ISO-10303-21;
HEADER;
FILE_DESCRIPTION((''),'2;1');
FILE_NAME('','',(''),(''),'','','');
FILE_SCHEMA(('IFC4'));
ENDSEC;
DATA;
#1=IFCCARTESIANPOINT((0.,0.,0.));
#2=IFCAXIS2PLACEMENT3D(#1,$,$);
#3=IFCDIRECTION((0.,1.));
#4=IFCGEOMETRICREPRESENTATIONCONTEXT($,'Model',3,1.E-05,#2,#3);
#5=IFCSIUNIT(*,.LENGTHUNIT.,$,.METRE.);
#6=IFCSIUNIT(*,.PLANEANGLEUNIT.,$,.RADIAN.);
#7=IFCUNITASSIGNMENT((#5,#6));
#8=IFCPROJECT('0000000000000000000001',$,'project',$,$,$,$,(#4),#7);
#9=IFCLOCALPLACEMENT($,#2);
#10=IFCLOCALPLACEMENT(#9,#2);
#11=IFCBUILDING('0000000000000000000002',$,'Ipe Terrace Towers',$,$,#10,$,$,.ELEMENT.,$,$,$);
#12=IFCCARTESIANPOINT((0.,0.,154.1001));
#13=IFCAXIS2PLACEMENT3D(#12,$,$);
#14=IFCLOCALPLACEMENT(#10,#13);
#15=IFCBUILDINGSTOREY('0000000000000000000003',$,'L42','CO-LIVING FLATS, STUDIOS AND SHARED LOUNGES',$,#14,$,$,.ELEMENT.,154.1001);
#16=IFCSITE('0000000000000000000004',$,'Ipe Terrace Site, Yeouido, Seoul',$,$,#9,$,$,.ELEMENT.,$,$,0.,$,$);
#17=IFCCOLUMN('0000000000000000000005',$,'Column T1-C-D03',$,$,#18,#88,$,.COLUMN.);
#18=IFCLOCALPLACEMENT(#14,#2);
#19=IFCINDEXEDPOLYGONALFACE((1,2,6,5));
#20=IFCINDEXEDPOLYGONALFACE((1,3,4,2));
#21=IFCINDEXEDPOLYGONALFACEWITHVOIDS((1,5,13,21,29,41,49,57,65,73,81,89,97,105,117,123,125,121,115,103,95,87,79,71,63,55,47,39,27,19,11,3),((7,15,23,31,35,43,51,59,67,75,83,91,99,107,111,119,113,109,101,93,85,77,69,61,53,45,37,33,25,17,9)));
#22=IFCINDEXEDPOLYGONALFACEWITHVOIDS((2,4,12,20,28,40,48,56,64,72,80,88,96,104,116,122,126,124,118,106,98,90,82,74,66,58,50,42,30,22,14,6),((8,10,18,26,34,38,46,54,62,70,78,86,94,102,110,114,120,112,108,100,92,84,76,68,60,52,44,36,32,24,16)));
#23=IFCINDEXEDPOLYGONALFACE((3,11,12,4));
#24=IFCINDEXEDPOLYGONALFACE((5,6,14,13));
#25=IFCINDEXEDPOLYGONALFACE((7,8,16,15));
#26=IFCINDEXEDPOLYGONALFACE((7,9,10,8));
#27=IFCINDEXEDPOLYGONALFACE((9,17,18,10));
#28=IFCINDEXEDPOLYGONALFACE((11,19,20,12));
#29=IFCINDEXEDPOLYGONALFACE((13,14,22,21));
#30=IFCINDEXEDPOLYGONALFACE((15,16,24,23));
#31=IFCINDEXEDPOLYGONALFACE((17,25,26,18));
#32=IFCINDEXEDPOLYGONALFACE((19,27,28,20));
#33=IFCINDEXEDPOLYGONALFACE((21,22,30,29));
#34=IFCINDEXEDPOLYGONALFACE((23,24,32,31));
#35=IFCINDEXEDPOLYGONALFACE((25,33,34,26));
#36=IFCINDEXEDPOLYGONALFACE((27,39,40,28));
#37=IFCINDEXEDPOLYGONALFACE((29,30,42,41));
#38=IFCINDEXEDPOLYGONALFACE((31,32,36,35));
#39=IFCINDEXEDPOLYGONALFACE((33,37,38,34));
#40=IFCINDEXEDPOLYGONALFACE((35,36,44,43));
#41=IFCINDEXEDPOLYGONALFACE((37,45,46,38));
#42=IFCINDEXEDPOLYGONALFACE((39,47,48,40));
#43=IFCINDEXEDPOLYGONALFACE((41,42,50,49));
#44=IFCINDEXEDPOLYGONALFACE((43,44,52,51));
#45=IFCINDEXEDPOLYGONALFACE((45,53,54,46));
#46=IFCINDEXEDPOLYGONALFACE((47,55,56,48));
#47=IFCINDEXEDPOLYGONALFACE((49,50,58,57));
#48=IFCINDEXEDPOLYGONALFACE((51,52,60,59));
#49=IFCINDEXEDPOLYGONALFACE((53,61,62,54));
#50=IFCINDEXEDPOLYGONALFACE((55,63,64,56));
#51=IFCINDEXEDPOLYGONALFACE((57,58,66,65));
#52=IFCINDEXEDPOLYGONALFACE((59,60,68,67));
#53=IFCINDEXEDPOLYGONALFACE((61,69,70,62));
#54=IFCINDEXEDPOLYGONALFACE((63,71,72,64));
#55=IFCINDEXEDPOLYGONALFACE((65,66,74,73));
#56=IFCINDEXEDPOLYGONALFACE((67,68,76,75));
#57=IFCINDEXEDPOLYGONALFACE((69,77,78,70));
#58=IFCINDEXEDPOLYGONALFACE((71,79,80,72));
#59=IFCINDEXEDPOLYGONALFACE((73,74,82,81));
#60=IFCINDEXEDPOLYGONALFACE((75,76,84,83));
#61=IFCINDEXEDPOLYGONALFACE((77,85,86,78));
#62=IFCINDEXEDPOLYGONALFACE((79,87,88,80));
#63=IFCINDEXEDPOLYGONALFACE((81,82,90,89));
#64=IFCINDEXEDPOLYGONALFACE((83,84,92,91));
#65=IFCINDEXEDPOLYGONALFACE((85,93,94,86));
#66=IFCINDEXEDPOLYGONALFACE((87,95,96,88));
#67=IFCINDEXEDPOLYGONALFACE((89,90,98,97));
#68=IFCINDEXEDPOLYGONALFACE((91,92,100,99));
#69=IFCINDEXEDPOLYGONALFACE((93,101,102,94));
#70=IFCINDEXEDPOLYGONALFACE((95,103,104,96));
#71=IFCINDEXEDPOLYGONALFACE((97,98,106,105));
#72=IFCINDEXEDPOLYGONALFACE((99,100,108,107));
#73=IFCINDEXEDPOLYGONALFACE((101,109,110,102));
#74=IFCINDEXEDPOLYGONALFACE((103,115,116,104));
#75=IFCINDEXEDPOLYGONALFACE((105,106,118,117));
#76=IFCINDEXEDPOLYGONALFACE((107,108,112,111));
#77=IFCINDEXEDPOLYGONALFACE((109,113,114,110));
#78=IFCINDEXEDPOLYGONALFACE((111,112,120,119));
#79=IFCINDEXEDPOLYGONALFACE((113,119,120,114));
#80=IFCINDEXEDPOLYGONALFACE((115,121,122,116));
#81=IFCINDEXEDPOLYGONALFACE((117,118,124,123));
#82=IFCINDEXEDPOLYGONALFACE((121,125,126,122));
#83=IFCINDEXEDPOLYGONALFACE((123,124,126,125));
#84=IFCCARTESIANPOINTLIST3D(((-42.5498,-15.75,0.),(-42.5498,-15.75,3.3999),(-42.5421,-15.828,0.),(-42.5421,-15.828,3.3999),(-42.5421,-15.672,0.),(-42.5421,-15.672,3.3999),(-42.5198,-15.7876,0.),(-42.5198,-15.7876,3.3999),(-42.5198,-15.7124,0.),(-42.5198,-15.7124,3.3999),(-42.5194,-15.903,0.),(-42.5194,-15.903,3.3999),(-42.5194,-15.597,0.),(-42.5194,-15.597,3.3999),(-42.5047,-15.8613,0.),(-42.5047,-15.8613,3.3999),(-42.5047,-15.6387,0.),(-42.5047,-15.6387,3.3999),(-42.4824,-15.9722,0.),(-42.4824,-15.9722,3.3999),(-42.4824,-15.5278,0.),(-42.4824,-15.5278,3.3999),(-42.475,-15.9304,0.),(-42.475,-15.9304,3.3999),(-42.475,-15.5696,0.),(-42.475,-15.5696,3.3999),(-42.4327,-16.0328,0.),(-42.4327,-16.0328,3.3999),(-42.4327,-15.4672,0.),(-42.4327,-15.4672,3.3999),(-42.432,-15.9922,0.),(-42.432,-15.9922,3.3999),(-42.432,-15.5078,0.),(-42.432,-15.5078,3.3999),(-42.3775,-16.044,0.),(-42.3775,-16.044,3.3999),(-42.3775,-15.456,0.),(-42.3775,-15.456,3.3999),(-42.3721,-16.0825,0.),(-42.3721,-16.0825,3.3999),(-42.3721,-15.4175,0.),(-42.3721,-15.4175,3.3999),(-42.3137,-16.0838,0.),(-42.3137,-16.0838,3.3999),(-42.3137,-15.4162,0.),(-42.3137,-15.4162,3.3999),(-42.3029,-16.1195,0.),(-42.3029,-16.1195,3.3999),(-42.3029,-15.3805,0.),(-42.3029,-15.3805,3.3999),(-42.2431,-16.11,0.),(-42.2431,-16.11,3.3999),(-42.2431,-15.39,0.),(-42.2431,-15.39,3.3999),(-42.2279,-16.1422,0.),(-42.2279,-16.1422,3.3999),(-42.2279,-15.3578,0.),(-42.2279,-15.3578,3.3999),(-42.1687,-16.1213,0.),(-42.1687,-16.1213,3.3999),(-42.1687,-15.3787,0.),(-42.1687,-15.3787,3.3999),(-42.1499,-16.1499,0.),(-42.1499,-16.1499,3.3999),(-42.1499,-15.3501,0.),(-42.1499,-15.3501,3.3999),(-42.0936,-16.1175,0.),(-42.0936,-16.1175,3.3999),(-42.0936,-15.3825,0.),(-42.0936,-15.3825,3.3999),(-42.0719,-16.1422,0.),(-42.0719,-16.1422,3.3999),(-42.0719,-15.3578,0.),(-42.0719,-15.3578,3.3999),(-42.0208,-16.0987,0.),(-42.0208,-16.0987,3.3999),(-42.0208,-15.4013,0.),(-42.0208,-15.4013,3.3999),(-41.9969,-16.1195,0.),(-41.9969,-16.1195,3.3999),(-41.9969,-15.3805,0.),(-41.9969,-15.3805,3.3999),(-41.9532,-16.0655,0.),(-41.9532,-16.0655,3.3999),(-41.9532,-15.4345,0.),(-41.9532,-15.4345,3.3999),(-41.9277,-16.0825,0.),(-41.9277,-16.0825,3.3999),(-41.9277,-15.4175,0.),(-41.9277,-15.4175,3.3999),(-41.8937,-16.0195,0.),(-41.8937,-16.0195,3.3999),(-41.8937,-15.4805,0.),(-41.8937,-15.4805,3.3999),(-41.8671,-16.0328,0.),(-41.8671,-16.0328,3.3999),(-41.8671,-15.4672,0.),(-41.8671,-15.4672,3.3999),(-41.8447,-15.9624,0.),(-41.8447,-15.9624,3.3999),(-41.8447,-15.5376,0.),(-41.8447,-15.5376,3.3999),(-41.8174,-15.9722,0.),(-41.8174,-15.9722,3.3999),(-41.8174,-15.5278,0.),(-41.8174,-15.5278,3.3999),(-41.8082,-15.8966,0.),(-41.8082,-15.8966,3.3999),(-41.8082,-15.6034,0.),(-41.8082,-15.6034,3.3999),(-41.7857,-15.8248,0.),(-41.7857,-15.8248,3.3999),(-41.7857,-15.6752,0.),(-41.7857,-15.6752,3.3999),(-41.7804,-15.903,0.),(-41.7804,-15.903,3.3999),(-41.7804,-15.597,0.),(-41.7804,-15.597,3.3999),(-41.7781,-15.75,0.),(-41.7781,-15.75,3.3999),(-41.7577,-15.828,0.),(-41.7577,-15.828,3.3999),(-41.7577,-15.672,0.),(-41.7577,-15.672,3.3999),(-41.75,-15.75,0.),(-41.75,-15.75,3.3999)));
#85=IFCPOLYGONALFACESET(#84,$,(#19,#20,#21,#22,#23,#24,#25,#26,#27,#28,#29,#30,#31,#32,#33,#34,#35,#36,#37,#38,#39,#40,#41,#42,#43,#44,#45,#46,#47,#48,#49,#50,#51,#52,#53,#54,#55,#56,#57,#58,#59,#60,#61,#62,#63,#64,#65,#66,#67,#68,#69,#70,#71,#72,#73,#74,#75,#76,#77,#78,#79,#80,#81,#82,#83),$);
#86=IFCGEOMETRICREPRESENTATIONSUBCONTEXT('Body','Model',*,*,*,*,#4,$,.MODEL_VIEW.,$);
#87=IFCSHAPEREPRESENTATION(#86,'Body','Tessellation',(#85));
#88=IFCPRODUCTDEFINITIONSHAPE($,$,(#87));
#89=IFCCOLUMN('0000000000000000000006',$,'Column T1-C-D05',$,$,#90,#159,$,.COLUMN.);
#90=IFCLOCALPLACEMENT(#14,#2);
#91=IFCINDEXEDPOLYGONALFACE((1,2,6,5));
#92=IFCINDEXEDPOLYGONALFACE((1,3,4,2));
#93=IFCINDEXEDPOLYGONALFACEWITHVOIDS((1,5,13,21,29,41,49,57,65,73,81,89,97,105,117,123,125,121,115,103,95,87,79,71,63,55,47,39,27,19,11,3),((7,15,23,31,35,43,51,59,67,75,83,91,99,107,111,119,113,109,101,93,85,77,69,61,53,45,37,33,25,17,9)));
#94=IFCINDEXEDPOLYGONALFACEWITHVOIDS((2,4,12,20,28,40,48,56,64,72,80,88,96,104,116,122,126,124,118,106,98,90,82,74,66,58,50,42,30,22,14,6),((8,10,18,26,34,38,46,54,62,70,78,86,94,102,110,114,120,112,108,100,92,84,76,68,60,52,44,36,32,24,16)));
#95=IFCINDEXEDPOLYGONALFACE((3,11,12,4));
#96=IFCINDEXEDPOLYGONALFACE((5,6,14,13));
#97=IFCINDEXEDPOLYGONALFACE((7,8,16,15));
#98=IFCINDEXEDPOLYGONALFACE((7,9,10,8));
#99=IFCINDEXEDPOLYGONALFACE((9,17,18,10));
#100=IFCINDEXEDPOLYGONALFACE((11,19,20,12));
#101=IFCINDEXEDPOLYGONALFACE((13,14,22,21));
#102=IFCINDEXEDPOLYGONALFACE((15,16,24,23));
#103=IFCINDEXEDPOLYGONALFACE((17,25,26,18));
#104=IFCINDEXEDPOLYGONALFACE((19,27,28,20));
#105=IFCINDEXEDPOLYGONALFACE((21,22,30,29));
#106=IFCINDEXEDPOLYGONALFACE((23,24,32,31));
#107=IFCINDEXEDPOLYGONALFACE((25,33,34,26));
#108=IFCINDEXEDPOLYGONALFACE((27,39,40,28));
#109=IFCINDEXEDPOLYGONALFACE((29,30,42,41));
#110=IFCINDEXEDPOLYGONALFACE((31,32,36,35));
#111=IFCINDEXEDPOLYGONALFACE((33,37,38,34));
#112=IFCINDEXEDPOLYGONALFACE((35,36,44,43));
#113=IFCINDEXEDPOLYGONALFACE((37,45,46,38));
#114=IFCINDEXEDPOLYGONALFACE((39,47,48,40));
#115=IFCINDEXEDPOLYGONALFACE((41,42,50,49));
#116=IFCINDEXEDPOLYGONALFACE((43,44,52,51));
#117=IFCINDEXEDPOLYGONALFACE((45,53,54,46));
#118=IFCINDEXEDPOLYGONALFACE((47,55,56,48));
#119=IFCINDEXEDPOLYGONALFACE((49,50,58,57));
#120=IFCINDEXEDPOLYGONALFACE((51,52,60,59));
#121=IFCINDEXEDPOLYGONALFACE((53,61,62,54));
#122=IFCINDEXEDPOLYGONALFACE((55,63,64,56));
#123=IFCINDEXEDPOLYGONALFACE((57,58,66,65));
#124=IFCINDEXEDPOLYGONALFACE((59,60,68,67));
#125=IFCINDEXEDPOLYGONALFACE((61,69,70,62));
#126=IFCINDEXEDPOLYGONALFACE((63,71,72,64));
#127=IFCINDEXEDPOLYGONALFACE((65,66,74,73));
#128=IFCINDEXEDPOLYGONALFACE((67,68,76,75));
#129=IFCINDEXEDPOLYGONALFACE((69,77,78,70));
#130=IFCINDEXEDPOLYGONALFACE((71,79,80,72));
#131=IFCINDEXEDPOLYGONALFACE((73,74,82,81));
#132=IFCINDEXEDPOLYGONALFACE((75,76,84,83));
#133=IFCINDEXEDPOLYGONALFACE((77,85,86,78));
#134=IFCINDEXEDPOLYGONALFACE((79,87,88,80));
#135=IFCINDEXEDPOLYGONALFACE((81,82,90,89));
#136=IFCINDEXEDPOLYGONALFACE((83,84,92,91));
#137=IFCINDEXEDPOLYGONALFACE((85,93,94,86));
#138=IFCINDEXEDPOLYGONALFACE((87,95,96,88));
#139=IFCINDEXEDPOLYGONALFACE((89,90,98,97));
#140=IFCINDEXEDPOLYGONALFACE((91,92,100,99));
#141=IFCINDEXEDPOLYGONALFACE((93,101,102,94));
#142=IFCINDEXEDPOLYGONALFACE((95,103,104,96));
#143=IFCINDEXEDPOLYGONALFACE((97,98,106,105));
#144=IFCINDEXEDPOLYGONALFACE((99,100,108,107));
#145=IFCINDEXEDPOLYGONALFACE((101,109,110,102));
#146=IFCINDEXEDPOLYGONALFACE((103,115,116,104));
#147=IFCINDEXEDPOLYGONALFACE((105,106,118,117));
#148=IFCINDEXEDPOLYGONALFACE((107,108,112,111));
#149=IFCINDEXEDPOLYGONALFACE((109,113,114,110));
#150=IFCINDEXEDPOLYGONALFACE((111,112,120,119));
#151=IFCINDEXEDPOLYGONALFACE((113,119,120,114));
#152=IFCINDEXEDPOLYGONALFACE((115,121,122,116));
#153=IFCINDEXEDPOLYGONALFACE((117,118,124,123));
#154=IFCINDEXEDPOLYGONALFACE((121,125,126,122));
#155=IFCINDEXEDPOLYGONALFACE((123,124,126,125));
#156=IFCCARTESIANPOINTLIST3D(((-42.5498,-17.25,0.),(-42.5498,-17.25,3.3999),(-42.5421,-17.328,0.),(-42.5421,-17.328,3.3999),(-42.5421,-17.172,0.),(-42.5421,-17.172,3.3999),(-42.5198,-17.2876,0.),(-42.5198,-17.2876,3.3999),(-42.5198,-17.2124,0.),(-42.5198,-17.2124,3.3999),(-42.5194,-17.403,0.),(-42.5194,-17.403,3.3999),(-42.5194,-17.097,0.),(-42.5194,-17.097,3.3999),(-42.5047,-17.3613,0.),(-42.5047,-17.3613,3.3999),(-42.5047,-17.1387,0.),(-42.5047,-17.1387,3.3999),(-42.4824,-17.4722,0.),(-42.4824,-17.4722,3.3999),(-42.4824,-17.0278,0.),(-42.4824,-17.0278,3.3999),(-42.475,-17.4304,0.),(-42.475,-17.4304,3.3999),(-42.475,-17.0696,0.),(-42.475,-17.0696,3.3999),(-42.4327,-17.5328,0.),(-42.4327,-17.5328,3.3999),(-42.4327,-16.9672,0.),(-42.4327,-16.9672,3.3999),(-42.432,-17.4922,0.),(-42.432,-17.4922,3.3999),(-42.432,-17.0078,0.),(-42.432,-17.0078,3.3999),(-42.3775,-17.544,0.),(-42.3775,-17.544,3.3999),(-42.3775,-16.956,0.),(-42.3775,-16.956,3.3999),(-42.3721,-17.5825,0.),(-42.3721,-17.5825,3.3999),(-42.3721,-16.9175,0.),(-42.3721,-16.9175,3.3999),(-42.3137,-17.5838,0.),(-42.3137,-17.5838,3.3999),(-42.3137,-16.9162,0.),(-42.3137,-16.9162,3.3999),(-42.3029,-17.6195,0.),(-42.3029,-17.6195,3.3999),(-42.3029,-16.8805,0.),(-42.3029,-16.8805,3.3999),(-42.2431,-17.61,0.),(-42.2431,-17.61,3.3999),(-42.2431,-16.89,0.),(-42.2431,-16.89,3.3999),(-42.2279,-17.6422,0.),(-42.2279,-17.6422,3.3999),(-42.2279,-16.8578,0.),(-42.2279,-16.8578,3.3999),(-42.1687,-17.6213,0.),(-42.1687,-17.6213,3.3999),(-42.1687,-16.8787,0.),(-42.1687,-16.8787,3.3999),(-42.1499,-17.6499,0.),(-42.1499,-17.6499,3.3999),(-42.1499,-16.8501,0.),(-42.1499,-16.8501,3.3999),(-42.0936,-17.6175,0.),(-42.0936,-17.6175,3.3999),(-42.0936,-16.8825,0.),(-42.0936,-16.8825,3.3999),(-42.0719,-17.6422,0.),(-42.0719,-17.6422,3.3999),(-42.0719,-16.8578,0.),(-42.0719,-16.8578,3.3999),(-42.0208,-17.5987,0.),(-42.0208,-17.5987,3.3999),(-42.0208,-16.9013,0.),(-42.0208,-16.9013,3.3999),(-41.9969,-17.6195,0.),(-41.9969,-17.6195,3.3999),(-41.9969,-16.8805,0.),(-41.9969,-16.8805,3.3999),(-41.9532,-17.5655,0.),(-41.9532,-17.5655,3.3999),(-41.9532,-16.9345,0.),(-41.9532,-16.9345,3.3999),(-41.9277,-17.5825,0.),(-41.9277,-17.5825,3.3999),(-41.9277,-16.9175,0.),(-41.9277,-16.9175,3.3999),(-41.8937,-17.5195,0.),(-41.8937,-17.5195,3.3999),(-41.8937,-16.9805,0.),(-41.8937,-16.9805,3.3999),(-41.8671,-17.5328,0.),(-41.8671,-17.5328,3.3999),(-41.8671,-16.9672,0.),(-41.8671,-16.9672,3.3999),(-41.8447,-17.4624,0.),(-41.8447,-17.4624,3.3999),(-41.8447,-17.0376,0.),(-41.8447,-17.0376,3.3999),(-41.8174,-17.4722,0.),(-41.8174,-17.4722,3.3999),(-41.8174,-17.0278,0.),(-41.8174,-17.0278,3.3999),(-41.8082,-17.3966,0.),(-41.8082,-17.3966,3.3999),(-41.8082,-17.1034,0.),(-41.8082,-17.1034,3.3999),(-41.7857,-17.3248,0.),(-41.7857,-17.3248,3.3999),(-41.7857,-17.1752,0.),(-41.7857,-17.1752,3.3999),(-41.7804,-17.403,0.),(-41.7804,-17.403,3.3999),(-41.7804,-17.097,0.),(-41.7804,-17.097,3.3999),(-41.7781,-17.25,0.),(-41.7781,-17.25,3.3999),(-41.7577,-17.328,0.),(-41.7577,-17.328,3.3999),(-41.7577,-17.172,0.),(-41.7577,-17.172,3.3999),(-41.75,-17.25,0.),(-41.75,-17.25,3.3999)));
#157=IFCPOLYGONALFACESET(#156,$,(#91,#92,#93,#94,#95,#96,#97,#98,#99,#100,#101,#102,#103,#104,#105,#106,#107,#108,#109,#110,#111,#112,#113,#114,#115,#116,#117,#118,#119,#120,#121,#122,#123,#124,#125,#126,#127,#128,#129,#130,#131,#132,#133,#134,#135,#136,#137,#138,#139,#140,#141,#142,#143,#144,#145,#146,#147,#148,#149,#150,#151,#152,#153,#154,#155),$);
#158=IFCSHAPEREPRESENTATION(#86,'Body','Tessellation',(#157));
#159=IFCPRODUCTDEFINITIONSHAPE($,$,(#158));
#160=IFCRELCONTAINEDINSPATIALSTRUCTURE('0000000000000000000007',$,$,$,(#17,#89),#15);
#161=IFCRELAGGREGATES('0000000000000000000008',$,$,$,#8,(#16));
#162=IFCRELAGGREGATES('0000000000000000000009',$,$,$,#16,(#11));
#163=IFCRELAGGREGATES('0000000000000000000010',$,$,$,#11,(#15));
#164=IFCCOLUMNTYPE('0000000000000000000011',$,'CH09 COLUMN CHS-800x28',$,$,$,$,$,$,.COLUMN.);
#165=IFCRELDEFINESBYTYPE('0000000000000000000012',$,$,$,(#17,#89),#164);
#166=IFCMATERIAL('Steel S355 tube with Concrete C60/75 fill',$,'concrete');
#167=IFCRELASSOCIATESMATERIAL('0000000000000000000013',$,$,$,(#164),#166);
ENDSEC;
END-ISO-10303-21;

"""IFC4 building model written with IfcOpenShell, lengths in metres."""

from ifc_helpers import new_model, si_unit, direction, frame, origin, origin_2d, place, context, subcontext, project, spatial, hollow_circle, extrude, material, material_profile, profile_set, type_object, element, save


model = new_model("IFC4")

# Units and contexts
model_context = context("Model", 3, precision=1e-05, world=origin(), true_north=direction((0.0, 1.0)))
body_context = subcontext(model_context, "Body", "Model", "MODEL_VIEW")
ifc_project = project(units=[si_unit("LENGTHUNIT", "METRE"), si_unit("PLANEANGLEUNIT", "RADIAN")], contexts=[model_context])

# Site, building, storey
site_placement = place(None, origin())
site = spatial("IfcSite", under=ifc_project, at=site_placement, Name="Ipe Terrace Site, Yeouido, Seoul", CompositionType="ELEMENT", RefElevation=0.0)
building_placement = place(site_placement, origin())
building = spatial("IfcBuilding", under=site, at=building_placement, Name="Ipe Terrace Towers", CompositionType="ELEMENT")
storey_placement = place(building_placement, frame((0.0, 0.0, 154.1001)))
storey = spatial("IfcBuildingStorey", under=building, at=storey_placement, Name="L42", Description="CO-LIVING FLATS, STUDIOS AND SHARED LOUNGES", CompositionType="ELEMENT", Elevation=154.1001)

# Columns
ifc_material_1 = material(Name="Steel S355 tube with Concrete C60/75 fill", Category="concrete")
ifc_material_profile_1 = material_profile(ifc_material_1, hollow_circle(Radius=0.3999, WallThickness=0.0281, at=origin_2d()), Name="CHS-800x28")
ifc_profile_set_1 = profile_set([ifc_material_profile_1], Name="Steel S355 tube with Concrete C60/75 fill")
column_type_1 = type_object("IfcColumnType", Name="CH09 COLUMN CHS-800x28", PredefinedType="COLUMN", material=ifc_profile_set_1)
for number, where, z_axis, x_axis, name in (
    (1, (-42.1499, -15.75, 0.0), (0.0, 0.0, 1.0), (1.0, 0.0, 0.0), "Column T1-C-D03"),
    (2, (-42.1499, -17.25, 0.0), (0.0, 0.0, 1.0), (1.0, 0.0, 0.0), "Column T1-C-D05"),
):
    element("IfcColumn", number, at=place(storey_placement, frame(where, z_axis=z_axis, x_axis=x_axis)), inside=storey, type_object=column_type_1, Name=name, PredefinedType="COLUMN", context=body_context, shape_type="SweptSolid", body=[
        extrude(hollow_circle(Radius=0.3999, WallThickness=0.0281, at=origin_2d()), origin(), (0.0, 0.0, 1.0), 3.3999),
    ])

save(model, "model.ifc")
